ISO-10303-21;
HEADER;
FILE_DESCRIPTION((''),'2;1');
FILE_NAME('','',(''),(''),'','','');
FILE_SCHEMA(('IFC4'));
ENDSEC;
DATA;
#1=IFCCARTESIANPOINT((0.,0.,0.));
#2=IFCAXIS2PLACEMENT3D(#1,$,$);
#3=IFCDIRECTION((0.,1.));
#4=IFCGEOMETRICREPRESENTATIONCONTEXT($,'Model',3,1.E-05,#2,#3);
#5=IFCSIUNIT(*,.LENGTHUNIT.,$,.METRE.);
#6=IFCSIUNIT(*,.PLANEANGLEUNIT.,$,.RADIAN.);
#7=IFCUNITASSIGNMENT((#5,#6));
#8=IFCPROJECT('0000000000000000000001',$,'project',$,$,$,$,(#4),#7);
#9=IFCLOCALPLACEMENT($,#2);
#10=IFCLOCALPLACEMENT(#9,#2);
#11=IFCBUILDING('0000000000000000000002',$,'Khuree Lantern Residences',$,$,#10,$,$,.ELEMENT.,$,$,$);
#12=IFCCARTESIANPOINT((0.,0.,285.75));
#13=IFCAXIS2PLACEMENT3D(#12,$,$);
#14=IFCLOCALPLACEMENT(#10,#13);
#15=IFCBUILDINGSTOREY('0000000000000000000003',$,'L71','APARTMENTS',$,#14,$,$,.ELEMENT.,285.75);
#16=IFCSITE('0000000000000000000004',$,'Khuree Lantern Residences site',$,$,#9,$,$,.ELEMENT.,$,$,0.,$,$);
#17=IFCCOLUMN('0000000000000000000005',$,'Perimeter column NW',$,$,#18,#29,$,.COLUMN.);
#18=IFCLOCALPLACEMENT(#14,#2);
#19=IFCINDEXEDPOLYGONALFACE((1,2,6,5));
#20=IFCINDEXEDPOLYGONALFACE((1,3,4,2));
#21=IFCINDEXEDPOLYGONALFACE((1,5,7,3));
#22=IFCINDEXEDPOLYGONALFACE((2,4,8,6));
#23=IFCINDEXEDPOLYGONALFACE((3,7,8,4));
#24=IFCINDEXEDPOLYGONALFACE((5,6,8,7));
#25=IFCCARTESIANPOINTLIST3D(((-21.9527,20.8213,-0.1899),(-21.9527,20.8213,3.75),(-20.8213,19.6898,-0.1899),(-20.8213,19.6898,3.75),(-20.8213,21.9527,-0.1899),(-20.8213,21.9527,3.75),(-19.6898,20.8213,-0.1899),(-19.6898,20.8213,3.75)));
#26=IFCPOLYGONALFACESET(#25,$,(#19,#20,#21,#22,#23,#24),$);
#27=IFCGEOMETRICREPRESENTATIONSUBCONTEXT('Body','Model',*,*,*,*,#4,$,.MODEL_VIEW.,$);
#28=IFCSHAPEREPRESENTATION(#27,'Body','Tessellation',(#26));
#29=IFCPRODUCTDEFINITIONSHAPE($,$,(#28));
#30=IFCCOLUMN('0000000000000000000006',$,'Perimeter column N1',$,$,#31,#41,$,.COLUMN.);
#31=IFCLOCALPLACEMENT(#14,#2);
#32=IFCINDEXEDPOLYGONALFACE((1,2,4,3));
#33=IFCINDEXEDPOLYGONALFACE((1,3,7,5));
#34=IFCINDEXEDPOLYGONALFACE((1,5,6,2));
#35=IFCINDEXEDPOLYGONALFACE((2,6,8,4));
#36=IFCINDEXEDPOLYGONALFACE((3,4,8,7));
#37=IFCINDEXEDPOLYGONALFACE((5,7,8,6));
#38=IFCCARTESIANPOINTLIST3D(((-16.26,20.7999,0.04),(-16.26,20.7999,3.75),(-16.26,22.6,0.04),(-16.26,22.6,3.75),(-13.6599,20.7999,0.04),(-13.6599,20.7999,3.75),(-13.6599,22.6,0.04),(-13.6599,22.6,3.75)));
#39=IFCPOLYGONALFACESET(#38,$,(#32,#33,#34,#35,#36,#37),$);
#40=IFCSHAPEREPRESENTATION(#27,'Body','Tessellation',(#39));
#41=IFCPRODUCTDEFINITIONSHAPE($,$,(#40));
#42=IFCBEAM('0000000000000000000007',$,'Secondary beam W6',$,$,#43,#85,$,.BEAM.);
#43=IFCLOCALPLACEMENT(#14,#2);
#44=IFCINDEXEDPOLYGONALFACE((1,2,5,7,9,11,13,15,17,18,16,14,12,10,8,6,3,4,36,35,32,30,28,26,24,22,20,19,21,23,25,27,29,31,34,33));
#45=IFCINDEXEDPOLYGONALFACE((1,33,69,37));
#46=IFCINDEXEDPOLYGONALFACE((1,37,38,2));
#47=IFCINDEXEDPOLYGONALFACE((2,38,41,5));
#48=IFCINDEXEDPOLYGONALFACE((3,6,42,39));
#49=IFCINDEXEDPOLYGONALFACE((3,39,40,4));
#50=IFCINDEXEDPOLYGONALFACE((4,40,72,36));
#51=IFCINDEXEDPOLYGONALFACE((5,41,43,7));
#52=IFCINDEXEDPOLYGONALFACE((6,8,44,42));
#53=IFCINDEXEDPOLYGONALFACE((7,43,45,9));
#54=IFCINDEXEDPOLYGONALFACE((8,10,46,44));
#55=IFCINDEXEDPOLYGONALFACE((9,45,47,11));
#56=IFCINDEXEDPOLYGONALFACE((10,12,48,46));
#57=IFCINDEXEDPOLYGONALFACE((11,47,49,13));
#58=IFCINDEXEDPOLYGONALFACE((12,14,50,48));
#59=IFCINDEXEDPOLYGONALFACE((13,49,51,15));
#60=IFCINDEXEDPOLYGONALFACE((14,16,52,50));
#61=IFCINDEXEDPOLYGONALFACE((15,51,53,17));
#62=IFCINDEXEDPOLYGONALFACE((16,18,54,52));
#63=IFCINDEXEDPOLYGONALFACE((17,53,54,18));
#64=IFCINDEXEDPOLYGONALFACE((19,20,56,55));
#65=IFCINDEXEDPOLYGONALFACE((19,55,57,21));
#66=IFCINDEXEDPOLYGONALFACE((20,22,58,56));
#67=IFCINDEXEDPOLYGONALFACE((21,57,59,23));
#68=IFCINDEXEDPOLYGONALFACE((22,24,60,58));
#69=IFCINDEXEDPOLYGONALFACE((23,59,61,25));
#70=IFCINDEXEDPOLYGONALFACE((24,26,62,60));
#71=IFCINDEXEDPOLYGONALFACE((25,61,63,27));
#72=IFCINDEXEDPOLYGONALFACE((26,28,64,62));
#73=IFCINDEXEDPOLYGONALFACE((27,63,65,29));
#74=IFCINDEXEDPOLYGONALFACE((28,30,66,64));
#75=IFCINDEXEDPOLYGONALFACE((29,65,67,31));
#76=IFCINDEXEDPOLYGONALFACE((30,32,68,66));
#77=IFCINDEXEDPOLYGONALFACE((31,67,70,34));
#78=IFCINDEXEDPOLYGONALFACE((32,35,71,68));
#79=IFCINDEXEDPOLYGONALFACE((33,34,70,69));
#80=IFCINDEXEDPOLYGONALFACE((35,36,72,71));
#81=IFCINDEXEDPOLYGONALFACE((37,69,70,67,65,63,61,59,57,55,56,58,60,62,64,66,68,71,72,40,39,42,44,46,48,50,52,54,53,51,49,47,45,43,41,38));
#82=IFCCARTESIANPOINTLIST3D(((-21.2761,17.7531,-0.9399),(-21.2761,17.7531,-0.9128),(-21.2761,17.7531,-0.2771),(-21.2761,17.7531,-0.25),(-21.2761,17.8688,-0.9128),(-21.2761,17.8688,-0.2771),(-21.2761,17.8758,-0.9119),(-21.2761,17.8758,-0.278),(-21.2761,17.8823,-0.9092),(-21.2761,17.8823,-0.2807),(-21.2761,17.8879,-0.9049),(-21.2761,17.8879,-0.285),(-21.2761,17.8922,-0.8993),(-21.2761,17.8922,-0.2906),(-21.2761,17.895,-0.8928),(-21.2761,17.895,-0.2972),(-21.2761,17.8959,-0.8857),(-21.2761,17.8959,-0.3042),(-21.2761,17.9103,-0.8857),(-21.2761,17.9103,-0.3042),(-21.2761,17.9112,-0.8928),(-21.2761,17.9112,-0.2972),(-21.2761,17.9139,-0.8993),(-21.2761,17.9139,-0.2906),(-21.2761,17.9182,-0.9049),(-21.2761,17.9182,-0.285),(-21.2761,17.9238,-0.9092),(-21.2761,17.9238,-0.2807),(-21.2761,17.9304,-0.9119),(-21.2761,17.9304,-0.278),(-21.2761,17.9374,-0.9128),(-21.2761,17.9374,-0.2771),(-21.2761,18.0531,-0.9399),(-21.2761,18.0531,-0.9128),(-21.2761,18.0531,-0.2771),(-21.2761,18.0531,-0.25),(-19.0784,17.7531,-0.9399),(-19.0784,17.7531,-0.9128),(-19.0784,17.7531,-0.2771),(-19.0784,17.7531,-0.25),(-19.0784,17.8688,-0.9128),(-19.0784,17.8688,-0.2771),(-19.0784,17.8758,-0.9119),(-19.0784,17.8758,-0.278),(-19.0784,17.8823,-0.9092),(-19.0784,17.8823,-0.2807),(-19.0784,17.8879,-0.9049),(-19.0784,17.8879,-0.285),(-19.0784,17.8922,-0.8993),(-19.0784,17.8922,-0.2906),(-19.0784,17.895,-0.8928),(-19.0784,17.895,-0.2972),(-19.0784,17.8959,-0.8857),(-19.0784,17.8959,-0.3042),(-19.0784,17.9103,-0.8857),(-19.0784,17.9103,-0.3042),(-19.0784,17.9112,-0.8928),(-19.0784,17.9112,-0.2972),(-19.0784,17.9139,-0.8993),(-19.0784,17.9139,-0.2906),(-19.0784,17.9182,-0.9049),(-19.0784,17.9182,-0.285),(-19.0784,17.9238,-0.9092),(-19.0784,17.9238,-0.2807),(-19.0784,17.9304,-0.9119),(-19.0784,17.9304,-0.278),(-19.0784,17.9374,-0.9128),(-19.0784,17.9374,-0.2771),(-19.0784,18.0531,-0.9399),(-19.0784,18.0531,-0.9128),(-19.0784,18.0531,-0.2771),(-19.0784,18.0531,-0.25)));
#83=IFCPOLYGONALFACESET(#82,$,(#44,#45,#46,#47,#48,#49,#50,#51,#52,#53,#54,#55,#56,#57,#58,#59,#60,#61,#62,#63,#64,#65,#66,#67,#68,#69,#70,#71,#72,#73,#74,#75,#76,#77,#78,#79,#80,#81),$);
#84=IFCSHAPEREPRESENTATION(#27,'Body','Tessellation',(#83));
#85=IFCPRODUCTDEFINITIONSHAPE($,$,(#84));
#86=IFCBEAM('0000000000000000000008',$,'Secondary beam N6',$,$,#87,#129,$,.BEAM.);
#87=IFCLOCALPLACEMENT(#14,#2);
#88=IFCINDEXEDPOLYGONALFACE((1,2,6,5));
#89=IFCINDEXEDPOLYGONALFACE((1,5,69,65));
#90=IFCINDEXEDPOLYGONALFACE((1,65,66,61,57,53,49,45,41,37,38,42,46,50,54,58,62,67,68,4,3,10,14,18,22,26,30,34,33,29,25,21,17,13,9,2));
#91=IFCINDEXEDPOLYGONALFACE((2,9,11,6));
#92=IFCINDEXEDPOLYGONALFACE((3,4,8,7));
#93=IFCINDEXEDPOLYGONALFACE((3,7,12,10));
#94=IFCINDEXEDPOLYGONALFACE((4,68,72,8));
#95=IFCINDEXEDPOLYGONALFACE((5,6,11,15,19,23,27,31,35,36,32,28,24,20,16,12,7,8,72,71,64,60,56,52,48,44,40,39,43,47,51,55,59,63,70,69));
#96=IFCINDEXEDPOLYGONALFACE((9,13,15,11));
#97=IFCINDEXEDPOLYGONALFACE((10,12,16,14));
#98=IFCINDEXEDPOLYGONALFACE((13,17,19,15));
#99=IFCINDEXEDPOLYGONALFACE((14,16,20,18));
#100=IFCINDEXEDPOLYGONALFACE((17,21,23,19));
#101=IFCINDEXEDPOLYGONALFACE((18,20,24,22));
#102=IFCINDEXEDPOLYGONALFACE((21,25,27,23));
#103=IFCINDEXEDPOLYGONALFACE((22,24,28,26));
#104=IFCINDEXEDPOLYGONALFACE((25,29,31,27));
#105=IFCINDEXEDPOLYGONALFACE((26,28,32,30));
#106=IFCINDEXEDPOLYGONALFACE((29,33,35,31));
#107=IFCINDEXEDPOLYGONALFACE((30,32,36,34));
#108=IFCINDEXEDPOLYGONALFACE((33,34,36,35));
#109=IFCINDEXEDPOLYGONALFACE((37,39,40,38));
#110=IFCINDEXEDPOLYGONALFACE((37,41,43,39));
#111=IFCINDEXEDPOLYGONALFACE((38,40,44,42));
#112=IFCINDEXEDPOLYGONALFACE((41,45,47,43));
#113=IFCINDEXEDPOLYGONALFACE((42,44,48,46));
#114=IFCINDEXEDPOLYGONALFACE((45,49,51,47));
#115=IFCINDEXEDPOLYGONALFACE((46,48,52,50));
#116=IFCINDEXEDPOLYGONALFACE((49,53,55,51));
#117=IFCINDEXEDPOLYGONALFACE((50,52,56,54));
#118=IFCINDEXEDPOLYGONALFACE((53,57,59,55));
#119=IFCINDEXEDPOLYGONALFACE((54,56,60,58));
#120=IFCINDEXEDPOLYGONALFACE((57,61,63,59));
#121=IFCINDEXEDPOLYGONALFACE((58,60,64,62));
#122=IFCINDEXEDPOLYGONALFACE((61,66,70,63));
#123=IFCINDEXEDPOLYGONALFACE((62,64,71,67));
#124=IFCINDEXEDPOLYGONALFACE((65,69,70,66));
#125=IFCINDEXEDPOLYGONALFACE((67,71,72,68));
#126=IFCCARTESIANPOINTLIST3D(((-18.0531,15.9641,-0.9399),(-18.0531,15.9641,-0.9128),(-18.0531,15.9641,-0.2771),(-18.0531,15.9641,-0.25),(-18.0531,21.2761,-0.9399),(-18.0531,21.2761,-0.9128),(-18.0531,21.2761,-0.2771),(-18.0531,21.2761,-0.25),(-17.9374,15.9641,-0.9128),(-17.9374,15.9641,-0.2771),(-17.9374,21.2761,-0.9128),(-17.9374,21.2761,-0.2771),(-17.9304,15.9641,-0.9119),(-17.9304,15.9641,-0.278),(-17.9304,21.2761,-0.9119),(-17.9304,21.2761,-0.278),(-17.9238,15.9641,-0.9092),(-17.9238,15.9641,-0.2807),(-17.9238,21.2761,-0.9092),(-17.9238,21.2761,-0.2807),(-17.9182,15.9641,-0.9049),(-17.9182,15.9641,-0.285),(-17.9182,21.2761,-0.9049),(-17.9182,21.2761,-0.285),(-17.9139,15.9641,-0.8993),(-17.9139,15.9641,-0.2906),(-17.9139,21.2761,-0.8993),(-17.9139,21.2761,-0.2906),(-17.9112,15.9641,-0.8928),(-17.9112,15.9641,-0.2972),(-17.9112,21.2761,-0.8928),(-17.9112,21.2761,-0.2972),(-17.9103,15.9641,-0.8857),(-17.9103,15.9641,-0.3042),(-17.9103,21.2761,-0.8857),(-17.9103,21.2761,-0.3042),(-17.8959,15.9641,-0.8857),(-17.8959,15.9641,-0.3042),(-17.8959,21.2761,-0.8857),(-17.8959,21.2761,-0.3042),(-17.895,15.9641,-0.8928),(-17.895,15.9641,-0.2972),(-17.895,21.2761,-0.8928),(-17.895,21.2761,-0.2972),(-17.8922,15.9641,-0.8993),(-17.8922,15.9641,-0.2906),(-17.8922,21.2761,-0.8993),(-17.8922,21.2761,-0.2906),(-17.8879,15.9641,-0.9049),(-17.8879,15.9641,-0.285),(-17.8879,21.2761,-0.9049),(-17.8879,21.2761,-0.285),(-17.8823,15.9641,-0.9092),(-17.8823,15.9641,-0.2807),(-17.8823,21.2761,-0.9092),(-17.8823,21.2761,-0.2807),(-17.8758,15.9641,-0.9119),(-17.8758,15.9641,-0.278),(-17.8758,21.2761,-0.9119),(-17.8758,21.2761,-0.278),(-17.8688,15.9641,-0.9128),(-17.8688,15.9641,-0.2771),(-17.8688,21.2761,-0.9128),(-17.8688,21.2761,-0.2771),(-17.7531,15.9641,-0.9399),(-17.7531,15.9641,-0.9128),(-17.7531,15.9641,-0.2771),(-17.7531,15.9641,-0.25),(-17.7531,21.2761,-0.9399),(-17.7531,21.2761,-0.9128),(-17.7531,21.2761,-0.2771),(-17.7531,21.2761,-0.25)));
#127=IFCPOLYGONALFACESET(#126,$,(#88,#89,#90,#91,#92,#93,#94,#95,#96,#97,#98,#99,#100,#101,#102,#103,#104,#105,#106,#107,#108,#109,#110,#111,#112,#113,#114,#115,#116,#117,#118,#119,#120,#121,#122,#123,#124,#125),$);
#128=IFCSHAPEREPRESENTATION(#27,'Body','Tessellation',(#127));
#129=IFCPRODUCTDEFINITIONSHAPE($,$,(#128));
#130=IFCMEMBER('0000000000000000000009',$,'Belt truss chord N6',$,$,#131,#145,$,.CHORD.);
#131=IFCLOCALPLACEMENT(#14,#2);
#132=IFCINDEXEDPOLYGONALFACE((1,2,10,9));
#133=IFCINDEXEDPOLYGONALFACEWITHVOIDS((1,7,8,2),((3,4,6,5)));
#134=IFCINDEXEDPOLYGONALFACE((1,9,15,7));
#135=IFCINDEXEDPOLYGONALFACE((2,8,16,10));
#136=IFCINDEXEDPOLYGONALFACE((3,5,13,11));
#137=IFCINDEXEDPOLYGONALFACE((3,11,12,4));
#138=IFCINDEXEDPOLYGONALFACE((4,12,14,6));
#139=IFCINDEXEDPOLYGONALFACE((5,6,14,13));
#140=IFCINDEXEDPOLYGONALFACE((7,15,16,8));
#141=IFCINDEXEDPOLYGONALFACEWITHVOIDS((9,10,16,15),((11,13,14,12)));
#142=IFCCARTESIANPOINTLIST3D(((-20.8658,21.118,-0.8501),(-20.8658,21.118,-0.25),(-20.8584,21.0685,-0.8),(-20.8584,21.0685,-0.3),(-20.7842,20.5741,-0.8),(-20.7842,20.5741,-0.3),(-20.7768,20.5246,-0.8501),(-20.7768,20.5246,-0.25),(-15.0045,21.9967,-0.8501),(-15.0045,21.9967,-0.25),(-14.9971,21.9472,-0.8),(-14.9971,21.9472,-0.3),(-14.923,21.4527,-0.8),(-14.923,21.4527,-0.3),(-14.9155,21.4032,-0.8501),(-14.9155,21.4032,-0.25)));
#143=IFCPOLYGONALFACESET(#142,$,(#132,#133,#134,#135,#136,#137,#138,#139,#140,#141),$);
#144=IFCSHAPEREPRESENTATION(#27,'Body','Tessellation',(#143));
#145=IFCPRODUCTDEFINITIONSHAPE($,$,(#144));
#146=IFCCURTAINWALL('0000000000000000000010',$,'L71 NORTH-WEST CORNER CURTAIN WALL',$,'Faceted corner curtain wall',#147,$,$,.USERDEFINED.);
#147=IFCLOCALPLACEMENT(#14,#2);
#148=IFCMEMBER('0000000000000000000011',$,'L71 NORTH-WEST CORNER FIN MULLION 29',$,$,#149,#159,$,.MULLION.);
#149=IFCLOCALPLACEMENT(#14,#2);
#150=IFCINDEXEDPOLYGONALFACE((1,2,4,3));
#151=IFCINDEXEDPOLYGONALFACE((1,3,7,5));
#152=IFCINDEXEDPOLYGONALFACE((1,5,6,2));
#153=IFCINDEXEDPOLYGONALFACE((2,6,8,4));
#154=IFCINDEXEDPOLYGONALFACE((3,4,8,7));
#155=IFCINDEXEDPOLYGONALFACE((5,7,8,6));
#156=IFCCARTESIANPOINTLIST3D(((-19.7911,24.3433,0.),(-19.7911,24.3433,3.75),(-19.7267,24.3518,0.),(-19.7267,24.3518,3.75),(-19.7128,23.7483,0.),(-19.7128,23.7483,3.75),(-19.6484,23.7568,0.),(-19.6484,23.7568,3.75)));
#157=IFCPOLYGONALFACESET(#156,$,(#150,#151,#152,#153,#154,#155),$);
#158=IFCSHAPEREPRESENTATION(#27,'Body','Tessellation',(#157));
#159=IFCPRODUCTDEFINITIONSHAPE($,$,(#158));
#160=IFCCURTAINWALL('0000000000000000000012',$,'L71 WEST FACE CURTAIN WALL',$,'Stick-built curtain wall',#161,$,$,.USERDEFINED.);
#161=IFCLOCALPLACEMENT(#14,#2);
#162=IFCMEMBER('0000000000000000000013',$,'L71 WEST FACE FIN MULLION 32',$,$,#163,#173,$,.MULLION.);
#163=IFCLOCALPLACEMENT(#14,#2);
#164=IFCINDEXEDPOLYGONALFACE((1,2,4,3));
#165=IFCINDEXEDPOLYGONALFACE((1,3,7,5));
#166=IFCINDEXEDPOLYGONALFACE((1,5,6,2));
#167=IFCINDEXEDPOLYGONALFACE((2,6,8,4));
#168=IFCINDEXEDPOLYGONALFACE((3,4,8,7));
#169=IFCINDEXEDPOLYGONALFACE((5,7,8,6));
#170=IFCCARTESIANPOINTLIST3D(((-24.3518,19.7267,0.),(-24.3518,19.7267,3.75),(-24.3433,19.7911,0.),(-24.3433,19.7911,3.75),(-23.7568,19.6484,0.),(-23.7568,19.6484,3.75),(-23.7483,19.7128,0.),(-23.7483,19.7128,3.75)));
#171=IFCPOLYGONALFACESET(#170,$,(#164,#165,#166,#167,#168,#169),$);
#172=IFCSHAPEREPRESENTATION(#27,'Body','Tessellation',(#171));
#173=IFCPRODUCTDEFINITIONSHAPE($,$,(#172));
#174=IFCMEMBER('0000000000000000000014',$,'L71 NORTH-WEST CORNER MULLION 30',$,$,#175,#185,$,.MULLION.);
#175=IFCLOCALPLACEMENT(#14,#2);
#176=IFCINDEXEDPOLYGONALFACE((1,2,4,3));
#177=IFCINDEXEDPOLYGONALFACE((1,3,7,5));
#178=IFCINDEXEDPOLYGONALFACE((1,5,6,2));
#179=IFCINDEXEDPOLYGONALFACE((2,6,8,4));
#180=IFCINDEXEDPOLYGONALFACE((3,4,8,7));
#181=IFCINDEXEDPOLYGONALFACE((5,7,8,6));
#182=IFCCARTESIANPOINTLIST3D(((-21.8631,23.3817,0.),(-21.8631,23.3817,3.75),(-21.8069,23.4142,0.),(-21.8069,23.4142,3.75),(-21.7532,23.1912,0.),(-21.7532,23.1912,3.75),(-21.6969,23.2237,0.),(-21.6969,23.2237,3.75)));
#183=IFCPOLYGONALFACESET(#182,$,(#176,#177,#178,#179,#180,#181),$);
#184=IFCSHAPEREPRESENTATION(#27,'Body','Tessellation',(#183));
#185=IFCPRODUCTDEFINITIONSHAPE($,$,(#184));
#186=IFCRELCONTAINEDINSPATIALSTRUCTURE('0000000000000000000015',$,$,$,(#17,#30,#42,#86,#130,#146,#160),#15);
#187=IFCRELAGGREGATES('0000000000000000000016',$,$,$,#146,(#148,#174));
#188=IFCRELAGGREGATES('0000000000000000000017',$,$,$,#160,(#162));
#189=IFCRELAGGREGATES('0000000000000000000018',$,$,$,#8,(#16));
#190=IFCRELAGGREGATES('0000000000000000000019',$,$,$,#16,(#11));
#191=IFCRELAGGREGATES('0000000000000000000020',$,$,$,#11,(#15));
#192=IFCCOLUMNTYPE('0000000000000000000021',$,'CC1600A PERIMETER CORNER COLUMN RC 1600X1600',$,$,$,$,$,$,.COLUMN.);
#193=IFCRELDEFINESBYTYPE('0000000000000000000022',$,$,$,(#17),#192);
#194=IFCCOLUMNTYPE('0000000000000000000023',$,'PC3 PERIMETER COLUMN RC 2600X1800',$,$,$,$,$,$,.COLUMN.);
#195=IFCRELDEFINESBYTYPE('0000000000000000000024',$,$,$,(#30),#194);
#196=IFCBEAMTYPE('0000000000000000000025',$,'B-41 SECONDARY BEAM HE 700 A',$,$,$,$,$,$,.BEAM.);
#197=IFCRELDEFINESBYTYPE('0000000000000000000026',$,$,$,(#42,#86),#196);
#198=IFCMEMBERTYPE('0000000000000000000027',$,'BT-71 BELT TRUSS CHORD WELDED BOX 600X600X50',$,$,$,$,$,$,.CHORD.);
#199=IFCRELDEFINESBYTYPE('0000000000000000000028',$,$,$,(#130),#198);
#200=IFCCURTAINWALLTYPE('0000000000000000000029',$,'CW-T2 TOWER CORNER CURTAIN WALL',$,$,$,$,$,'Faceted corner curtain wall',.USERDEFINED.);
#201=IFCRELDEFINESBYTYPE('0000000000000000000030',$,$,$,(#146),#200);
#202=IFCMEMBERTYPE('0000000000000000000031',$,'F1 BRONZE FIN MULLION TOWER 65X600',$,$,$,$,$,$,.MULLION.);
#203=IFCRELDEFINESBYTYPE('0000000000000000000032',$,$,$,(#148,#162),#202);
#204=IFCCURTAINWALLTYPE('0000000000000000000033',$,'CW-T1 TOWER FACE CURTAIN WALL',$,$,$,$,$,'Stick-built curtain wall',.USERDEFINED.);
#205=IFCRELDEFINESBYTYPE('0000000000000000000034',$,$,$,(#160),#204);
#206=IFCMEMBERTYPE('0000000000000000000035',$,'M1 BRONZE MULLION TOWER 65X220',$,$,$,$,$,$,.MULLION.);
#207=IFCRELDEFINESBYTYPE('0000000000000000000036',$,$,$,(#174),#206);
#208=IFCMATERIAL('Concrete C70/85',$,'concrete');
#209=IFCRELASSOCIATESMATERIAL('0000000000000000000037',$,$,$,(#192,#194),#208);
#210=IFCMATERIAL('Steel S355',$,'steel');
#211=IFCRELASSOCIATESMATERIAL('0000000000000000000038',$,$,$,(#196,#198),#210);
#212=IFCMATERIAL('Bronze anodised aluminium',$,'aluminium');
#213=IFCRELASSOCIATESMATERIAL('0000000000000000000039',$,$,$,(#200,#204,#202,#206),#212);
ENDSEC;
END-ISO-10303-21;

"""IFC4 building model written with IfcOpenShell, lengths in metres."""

from ifc_helpers import new_model, si_unit, direction, frame, origin, origin_2d, place, context, subcontext, project, spatial, rectangle, hollow_rectangle, i_section, extrude, material, material_profile, profile_set, type_object, element, aggregate, save


model = new_model("IFC4")

# Units and contexts
model_context = context("Model", 3, precision=1e-05, world=origin(), true_north=direction((0.0, 1.0)))
body_context = subcontext(model_context, "Body", "Model", "MODEL_VIEW")
ifc_project = project(units=[si_unit("LENGTHUNIT", "METRE"), si_unit("PLANEANGLEUNIT", "RADIAN")], contexts=[model_context])

# Site, building, storey
site_placement = place(None, origin())
site = spatial("IfcSite", under=ifc_project, at=site_placement, Name="Khuree Lantern Residences site", CompositionType="ELEMENT", RefElevation=0.0)
building_placement = place(site_placement, origin())
building = spatial("IfcBuilding", under=site, at=building_placement, Name="Khuree Lantern Residences", CompositionType="ELEMENT")
storey_placement = place(building_placement, frame((0.0, 0.0, 285.75)))
storey = spatial("IfcBuildingStorey", under=building, at=storey_placement, Name="L71", Description="APARTMENTS", CompositionType="ELEMENT", Elevation=285.75)

# Columns
ifc_material_1 = material(Name="Concrete C70/85", Category="concrete")
ifc_material_profile_1 = material_profile(ifc_material_1, rectangle(XDim=1.6001, YDim=1.6001, at=origin_2d()), Name="RC 1600X1600")
ifc_profile_set_1 = profile_set([ifc_material_profile_1], Name="Concrete C70/85")
column_type_1 = type_object("IfcColumnType", Name="CC1600A PERIMETER CORNER COLUMN RC 1600X1600", PredefinedType="COLUMN", material=ifc_profile_set_1)
column_1_placement = place(storey_placement, frame((-20.8213, 20.8213, -0.1899), z_axis=(0.0, 0.0, 1.0), x_axis=(0.707107, 0.707107, 0.0)))
element("IfcColumn", 1, at=column_1_placement, inside=storey, type_object=column_type_1, Name="Perimeter column NW", PredefinedType="COLUMN", context=body_context, shape_type="SweptSolid", body=[
    extrude(rectangle(XDim=1.6001, YDim=1.6001, at=origin_2d()), origin(), (0.0, 0.0, 1.0), 3.9399),
])
ifc_material_profile_2 = material_profile(ifc_material_1, rectangle(XDim=2.6001, YDim=1.8, at=origin_2d()), Name="RC 2600X1800")
ifc_profile_set_2 = profile_set([ifc_material_profile_2], Name="Concrete C70/85")
column_type_2 = type_object("IfcColumnType", Name="PC3 PERIMETER COLUMN RC 2600X1800", PredefinedType="COLUMN", material=ifc_profile_set_2)
column_2_placement = place(storey_placement, frame((-14.96, 21.7, 0.04), z_axis=(0.0, 0.0, 1.0), x_axis=(1.0, 0.0, 0.0)))
element("IfcColumn", 2, at=column_2_placement, inside=storey, type_object=column_type_2, Name="Perimeter column N1", PredefinedType="COLUMN", context=body_context, shape_type="SweptSolid", body=[
    extrude(rectangle(XDim=2.6001, YDim=1.8, at=origin_2d()), origin(), (0.0, 0.0, 1.0), 3.71),
])

# Beams
ifc_material_2 = material(Name="Steel S355", Category="steel")
ifc_material_profile_3 = material_profile(ifc_material_2, i_section(OverallWidth=0.3, OverallDepth=0.6899, WebThickness=0.0144, FlangeThickness=0.0271, FilletRadius=0.0271, at=origin_2d()), Name="HE 700 A")
ifc_profile_set_3 = profile_set([ifc_material_profile_3], Name="Steel S355")
beam_type_1 = type_object("IfcBeamType", Name="B-41 SECONDARY BEAM HE 700 A", PredefinedType="BEAM", material=ifc_profile_set_3)
beam_1_placement = place(storey_placement, frame((-21.2761, 17.9031, -0.595), z_axis=(1.0, 0.0, 0.0), x_axis=(0.0, 1.0, 0.0)))
element("IfcBeam", 3, at=beam_1_placement, inside=storey, type_object=beam_type_1, Name="Secondary beam W6", PredefinedType="BEAM", context=body_context, shape_type="SweptSolid", body=[
    extrude(i_section(OverallWidth=0.3, OverallDepth=0.6899, WebThickness=0.0144, FlangeThickness=0.0271, FilletRadius=0.0271, at=origin_2d()), origin(), (0.0, 0.0, 1.0), 2.1978),
])
beam_2_placement = place(storey_placement, frame((-17.9031, 21.2761, -0.595), z_axis=(0.0, -1.0, 0.0), x_axis=(1.0, 0.0, 0.0)))
element("IfcBeam", 4, at=beam_2_placement, inside=storey, type_object=beam_type_1, Name="Secondary beam N6", PredefinedType="BEAM", context=body_context, shape_type="SweptSolid", body=[
    extrude(i_section(OverallWidth=0.3, OverallDepth=0.6899, WebThickness=0.0144, FlangeThickness=0.0271, FilletRadius=0.0271, at=origin_2d()), origin(), (0.0, 0.0, 1.0), 5.312),
])

# Member
ifc_material_profile_4 = material_profile(ifc_material_2, hollow_rectangle(XDim=0.6001, YDim=0.6001, WallThickness=0.05, at=origin_2d()), Name="WELDED BOX 600X600X50")
ifc_profile_set_4 = profile_set([ifc_material_profile_4], Name="Steel S355")
member_type_1 = type_object("IfcMemberType", Name="BT-71 BELT TRUSS CHORD WELDED BOX 600X600X50", PredefinedType="CHORD", material=ifc_profile_set_4)
member_1_placement = place(storey_placement, frame((-20.8213, 20.8213, -0.55), z_axis=(0.98895, 0.148252, 0.0), x_axis=(-0.148252, 0.98895, 0.0)))
element("IfcMember", 5, at=member_1_placement, inside=storey, type_object=member_type_1, Name="Belt truss chord N6", PredefinedType="CHORD", context=body_context, shape_type="SweptSolid", body=[
    extrude(hollow_rectangle(XDim=0.6001, YDim=0.6001, WallThickness=0.05, at=origin_2d()), origin(), (0.0, 0.0, 1.0), 5.9268),
])

# Curtain walls, members
ifc_material_3 = material(Name="Bronze anodised aluminium", Category="aluminium")
curtain_wall_type_1 = type_object("IfcCurtainWallType", Name="CW-T2 TOWER CORNER CURTAIN WALL", ElementType="Faceted corner curtain wall", PredefinedType="USERDEFINED", material=ifc_material_3)
curtain_wall_1_placement = place(storey_placement, origin())
curtain_wall_1 = element("IfcCurtainWall", 6, at=curtain_wall_1_placement, inside=storey, type_object=curtain_wall_type_1, Name="L71 NORTH-WEST CORNER CURTAIN WALL", ObjectType="Faceted corner curtain wall", PredefinedType="USERDEFINED")
ifc_material_profile_5 = material_profile(ifc_material_3, rectangle(XDim=0.0649, YDim=0.6001, at=origin_2d()), Name="F1 65X600")
ifc_profile_set_5 = profile_set([ifc_material_profile_5], Name="Bronze anodised aluminium")
member_type_2 = type_object("IfcMemberType", Name="F1 BRONZE FIN MULLION TOWER 65X600", PredefinedType="MULLION", material=ifc_profile_set_5)
member_2_placement = place(storey_placement, frame((-19.7197, 24.05, 0.0), z_axis=(0.0, 0.0, 1.0), x_axis=(-0.991445, -0.130526, 0.0)))
member_2 = element("IfcMember", 7, at=member_2_placement, type_object=member_type_2, Name="L71 NORTH-WEST CORNER FIN MULLION 29", PredefinedType="MULLION", context=body_context, shape_type="SweptSolid", body=[
    extrude(rectangle(XDim=0.0649, YDim=0.6001, at=origin_2d()), origin(), (0.0, 0.0, 1.0), 3.75),
])
curtain_wall_type_2 = type_object("IfcCurtainWallType", Name="CW-T1 TOWER FACE CURTAIN WALL", ElementType="Stick-built curtain wall", PredefinedType="USERDEFINED", material=ifc_material_3)
curtain_wall_2_placement = place(storey_placement, origin())
curtain_wall_2 = element("IfcCurtainWall", 8, at=curtain_wall_2_placement, inside=storey, type_object=curtain_wall_type_2, Name="L71 WEST FACE CURTAIN WALL", ObjectType="Stick-built curtain wall", PredefinedType="USERDEFINED")
member_3_placement = place(storey_placement, frame((-24.05, 19.7197, 0.0), z_axis=(0.0, 0.0, 1.0), x_axis=(-0.130526, -0.991445, 0.0)))
member_3 = element("IfcMember", 9, at=member_3_placement, type_object=member_type_2, Name="L71 WEST FACE FIN MULLION 32", PredefinedType="MULLION", context=body_context, shape_type="SweptSolid", body=[
    extrude(rectangle(XDim=0.0649, YDim=0.6001, at=origin_2d()), origin(), (0.0, 0.0, 1.0), 3.75),
])

# Member
ifc_material_profile_6 = material_profile(ifc_material_3, rectangle(XDim=0.0649, YDim=0.22, at=origin_2d()), Name="M1 65X220")
ifc_profile_set_6 = profile_set([ifc_material_profile_6], Name="Bronze anodised aluminium")
member_type_3 = type_object("IfcMemberType", Name="M1 BRONZE MULLION TOWER 65X220", PredefinedType="MULLION", material=ifc_profile_set_6)
member_4_placement = place(storey_placement, frame((-21.78, 23.3027, 0.0), z_axis=(0.0, 0.0, 1.0), x_axis=(-0.866025, -0.5, 0.0)))
member_4 = element("IfcMember", 10, at=member_4_placement, type_object=member_type_3, Name="L71 NORTH-WEST CORNER MULLION 30", PredefinedType="MULLION", context=body_context, shape_type="SweptSolid", body=[
    extrude(rectangle(XDim=0.0649, YDim=0.22, at=origin_2d()), origin(), (0.0, 0.0, 1.0), 3.75),
])

aggregate(curtain_wall_1, [member_2, member_4])
aggregate(curtain_wall_2, [member_3])

save(model, "model.ifc")
